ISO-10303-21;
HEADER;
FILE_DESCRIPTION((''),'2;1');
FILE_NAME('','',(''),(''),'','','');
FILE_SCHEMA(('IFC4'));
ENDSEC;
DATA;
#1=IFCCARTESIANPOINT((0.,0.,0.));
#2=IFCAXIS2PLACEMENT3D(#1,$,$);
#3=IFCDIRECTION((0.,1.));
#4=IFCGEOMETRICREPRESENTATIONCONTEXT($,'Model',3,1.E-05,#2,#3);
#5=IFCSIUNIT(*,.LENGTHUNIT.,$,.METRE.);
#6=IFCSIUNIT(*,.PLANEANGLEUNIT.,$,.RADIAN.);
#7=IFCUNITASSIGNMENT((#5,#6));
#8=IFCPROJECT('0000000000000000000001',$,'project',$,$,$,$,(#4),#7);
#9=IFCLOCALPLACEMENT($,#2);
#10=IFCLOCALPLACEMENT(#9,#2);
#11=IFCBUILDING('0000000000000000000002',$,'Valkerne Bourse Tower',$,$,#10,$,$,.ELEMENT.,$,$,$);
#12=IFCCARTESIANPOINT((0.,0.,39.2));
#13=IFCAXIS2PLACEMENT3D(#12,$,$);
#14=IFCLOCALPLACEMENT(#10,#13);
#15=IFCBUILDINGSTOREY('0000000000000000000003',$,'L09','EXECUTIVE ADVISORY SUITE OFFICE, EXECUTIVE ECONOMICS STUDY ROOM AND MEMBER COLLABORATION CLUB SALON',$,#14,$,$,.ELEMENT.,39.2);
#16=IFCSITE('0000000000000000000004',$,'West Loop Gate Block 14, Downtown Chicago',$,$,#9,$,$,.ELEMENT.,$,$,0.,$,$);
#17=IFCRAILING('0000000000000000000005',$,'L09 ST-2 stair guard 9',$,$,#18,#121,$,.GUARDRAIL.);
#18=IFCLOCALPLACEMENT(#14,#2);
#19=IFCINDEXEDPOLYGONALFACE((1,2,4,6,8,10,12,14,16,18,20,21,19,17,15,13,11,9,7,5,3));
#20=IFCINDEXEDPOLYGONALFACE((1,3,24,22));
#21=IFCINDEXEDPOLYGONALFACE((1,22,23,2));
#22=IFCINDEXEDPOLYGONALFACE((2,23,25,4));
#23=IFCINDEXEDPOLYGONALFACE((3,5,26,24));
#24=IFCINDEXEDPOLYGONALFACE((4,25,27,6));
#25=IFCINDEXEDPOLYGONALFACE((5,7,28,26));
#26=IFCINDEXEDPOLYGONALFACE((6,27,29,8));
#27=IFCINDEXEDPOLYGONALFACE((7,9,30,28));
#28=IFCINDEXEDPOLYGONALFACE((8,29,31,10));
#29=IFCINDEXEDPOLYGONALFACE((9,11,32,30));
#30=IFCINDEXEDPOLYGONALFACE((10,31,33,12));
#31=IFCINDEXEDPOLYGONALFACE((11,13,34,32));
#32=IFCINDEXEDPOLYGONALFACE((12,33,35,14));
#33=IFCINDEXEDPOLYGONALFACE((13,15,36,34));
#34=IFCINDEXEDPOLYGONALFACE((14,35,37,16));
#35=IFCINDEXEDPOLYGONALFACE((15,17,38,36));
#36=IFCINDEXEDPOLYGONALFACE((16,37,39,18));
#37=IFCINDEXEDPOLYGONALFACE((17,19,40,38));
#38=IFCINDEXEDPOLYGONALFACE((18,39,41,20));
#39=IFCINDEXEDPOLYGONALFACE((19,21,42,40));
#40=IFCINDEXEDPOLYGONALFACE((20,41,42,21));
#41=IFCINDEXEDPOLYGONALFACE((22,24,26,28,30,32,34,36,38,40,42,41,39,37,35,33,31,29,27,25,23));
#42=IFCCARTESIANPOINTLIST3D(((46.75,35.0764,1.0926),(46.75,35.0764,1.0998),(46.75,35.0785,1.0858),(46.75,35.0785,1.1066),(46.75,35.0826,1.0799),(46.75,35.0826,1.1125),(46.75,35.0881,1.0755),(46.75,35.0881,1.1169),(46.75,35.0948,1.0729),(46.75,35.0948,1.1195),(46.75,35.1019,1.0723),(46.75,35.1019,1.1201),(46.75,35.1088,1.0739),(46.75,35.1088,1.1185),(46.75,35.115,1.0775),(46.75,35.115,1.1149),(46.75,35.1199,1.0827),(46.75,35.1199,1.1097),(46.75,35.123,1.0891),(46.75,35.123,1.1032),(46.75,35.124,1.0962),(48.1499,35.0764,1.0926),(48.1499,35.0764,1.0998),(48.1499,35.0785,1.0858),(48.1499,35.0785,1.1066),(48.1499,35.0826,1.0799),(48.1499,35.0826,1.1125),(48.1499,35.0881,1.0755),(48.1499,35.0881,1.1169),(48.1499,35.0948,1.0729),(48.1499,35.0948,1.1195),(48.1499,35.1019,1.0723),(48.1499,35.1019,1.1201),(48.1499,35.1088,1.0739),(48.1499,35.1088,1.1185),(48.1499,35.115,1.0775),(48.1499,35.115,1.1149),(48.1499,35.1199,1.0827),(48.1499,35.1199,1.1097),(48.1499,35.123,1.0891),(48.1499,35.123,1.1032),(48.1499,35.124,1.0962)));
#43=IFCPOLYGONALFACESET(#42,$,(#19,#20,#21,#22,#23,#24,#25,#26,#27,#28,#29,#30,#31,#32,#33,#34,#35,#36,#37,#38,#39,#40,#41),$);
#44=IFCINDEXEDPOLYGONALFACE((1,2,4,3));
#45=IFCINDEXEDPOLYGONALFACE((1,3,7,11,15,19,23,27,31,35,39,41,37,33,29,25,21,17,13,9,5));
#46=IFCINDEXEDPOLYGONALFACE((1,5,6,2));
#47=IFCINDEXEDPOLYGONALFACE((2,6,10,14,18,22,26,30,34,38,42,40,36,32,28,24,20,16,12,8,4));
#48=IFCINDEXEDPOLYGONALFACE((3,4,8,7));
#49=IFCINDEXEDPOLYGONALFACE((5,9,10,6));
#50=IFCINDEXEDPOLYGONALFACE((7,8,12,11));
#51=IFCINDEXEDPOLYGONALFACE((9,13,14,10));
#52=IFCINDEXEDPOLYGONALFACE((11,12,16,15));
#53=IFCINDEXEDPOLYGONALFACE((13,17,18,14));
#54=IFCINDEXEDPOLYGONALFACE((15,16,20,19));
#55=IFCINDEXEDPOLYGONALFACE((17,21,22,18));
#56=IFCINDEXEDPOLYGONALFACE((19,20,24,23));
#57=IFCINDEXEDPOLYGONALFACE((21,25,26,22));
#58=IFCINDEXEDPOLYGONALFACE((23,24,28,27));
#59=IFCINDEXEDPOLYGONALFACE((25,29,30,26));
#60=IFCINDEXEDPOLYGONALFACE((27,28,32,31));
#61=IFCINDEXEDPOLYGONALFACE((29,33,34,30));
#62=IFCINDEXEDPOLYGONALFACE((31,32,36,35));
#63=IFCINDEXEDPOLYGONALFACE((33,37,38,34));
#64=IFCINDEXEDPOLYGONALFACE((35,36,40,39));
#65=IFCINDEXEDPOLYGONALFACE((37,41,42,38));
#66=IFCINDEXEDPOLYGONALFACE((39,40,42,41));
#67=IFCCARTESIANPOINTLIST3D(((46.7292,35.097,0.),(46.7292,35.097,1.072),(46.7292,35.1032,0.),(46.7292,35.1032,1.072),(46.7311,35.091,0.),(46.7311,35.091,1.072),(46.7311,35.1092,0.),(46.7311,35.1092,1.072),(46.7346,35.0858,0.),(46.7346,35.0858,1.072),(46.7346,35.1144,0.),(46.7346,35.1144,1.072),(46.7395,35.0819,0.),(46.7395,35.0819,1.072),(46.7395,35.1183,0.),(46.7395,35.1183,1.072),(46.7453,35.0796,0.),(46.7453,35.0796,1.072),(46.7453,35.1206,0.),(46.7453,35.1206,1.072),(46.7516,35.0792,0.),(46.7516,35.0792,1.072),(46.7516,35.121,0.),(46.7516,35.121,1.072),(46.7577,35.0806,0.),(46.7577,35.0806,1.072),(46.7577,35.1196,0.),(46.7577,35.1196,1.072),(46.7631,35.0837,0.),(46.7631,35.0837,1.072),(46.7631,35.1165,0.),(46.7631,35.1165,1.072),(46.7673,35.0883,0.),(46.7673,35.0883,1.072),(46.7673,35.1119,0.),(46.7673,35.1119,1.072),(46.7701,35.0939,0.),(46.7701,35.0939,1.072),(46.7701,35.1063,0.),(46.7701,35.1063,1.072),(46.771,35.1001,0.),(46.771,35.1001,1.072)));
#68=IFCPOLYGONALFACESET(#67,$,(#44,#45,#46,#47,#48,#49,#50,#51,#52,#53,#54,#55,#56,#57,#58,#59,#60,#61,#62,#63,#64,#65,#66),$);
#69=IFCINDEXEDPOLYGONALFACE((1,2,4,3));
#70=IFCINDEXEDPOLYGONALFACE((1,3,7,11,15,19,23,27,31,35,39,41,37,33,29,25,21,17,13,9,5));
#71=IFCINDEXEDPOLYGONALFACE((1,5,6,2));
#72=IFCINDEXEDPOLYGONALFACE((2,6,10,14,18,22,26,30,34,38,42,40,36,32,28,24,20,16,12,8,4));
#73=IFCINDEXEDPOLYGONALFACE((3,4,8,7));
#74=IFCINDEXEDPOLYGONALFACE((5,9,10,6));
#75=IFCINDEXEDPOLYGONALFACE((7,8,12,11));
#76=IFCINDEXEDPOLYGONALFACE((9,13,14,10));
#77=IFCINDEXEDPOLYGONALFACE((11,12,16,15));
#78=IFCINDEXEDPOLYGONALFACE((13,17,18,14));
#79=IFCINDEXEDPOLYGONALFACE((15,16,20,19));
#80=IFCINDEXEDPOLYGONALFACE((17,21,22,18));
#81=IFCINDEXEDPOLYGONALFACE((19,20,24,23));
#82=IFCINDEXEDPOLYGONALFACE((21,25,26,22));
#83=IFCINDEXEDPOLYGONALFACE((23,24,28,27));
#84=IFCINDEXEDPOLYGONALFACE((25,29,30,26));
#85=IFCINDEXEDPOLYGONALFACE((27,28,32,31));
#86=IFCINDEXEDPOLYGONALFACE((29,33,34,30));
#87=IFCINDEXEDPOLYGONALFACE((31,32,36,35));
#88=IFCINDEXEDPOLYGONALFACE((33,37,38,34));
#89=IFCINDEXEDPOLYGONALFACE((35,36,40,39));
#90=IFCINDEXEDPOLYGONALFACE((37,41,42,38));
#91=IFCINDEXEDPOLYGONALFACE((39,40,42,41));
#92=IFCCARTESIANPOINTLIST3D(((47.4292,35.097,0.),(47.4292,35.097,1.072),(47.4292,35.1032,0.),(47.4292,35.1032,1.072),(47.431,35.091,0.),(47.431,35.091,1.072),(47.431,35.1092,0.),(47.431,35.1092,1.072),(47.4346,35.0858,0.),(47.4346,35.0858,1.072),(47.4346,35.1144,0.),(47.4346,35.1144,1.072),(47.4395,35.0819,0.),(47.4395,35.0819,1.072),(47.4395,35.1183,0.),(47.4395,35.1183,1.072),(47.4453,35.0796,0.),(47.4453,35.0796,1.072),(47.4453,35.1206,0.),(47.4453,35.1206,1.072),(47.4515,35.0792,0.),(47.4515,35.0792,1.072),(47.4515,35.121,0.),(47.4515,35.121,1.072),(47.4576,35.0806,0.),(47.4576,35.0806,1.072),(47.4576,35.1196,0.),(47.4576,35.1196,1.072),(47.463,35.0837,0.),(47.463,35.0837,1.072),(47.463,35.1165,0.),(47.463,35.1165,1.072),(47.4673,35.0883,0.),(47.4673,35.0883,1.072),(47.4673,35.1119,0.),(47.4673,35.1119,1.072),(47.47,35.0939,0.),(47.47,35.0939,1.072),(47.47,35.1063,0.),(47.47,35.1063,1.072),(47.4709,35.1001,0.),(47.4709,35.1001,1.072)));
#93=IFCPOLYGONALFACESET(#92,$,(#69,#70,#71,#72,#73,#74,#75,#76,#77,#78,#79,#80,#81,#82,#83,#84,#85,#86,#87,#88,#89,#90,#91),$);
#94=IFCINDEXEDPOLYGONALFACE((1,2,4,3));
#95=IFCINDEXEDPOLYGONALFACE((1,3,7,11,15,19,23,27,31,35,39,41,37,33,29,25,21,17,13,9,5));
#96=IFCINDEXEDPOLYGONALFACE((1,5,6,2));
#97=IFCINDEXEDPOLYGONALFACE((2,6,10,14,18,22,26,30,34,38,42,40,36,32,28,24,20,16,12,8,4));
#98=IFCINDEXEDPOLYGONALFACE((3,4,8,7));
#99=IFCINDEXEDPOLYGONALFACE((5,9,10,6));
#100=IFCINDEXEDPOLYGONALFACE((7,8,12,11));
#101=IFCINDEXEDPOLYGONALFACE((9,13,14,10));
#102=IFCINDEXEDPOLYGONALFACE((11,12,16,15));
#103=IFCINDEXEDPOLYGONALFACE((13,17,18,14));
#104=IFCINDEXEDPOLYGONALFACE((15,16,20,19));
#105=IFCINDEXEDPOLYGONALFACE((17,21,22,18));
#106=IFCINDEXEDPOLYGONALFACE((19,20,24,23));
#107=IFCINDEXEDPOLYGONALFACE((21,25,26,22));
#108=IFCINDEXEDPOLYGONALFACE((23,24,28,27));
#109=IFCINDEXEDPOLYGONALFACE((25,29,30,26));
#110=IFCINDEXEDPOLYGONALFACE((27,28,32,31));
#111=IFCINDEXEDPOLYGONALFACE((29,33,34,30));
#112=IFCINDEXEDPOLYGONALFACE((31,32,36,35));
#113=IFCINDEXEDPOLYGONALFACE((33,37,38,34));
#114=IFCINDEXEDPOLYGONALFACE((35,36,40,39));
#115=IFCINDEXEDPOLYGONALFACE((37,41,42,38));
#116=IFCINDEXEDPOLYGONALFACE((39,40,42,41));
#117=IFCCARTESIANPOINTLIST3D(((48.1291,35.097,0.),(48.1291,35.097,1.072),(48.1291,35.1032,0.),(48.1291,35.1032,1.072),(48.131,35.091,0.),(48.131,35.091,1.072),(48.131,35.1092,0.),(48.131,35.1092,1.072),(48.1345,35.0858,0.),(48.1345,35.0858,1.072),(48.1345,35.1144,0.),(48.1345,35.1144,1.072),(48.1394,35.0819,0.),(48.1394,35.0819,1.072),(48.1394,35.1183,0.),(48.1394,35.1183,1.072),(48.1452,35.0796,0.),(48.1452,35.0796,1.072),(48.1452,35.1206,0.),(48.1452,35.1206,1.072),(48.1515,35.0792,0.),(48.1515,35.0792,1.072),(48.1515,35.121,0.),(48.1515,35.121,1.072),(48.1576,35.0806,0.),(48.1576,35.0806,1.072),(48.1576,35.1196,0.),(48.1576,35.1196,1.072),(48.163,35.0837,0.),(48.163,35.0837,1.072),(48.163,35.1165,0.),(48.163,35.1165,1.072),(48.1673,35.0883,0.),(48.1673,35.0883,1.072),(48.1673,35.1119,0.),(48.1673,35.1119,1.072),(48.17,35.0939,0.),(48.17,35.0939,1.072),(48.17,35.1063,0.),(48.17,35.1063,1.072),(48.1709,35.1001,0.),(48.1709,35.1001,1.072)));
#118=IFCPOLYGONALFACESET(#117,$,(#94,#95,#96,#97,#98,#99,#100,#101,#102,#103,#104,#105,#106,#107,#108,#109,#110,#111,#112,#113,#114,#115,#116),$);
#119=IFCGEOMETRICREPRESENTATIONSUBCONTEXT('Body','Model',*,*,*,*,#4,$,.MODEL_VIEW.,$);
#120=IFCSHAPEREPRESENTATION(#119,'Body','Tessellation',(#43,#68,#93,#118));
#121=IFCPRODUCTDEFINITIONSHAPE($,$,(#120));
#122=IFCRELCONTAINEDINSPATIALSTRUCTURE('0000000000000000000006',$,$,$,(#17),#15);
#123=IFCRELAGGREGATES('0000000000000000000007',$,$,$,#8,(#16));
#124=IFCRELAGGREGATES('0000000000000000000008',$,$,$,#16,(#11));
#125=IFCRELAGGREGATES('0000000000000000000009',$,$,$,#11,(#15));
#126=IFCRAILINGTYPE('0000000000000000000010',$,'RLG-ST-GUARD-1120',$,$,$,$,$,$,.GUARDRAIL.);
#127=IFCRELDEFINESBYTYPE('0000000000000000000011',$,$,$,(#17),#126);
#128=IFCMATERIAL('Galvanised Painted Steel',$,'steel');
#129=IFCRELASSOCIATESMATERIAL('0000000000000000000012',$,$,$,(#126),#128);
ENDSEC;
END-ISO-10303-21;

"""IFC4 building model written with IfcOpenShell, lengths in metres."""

from ifc_helpers import new_model, si_unit, direction, frame, origin, origin_2d, place, context, subcontext, project, spatial, circle, extrude, material, type_object, element, save


model = new_model("IFC4")

# Units and contexts
model_context = context("Model", 3, precision=1e-05, world=origin(), true_north=direction((0.0, 1.0)))
body_context = subcontext(model_context, "Body", "Model", "MODEL_VIEW")
ifc_project = project(units=[si_unit("LENGTHUNIT", "METRE"), si_unit("PLANEANGLEUNIT", "RADIAN")], contexts=[model_context])

# Site, building, storey
site_placement = place(None, origin())
site = spatial("IfcSite", under=ifc_project, at=site_placement, Name="West Loop Gate Block 14, Downtown Chicago", CompositionType="ELEMENT", RefElevation=0.0)
building_placement = place(site_placement, origin())
building = spatial("IfcBuilding", under=site, at=building_placement, Name="Valkerne Bourse Tower", CompositionType="ELEMENT")
storey_placement = place(building_placement, frame((0.0, 0.0, 39.2)))
storey = spatial("IfcBuildingStorey", under=building, at=storey_placement, Name="L09", Description="EXECUTIVE ADVISORY SUITE OFFICE, EXECUTIVE ECONOMICS STUDY ROOM AND MEMBER COLLABORATION CLUB SALON", CompositionType="ELEMENT", Elevation=39.2)

# Shared definitions
ifc_material_1 = material(Name="Galvanised Painted Steel", Category="steel")

# Railing
railing_type_1 = type_object("IfcRailingType", Name="RLG-ST-GUARD-1120", PredefinedType="GUARDRAIL", material=ifc_material_1)
for number, where, name in (
    (1, (46.75, 35.1001, 0.0), "L09 ST-2 stair guard 9"),
):
    element("IfcRailing", number, at=place(storey_placement, frame(where)), inside=storey, type_object=railing_type_1, Name=name, PredefinedType="GUARDRAIL", context=body_context, shape_type="SweptSolid", body=[
        extrude(circle(Radius=0.0239, at=origin_2d()), frame((0.0, 0.0, 1.0962), z_axis=(1.0, 0.0, 0.0), x_axis=(0.0, 1.0, 0.0)), (0.0, 0.0, 1.0), 1.3999),
        extrude(circle(Radius=0.021, at=origin_2d()), origin(), (0.0, 0.0, 1.0), 1.072),
        extrude(circle(Radius=0.021, at=origin_2d()), frame((0.7, 0.0, 0.0)), (0.0, 0.0, 1.0), 1.072),
        extrude(circle(Radius=0.021, at=origin_2d()), frame((1.3999, 0.0, 0.0)), (0.0, 0.0, 1.0), 1.072),
    ])

save(model, "model.ifc")
